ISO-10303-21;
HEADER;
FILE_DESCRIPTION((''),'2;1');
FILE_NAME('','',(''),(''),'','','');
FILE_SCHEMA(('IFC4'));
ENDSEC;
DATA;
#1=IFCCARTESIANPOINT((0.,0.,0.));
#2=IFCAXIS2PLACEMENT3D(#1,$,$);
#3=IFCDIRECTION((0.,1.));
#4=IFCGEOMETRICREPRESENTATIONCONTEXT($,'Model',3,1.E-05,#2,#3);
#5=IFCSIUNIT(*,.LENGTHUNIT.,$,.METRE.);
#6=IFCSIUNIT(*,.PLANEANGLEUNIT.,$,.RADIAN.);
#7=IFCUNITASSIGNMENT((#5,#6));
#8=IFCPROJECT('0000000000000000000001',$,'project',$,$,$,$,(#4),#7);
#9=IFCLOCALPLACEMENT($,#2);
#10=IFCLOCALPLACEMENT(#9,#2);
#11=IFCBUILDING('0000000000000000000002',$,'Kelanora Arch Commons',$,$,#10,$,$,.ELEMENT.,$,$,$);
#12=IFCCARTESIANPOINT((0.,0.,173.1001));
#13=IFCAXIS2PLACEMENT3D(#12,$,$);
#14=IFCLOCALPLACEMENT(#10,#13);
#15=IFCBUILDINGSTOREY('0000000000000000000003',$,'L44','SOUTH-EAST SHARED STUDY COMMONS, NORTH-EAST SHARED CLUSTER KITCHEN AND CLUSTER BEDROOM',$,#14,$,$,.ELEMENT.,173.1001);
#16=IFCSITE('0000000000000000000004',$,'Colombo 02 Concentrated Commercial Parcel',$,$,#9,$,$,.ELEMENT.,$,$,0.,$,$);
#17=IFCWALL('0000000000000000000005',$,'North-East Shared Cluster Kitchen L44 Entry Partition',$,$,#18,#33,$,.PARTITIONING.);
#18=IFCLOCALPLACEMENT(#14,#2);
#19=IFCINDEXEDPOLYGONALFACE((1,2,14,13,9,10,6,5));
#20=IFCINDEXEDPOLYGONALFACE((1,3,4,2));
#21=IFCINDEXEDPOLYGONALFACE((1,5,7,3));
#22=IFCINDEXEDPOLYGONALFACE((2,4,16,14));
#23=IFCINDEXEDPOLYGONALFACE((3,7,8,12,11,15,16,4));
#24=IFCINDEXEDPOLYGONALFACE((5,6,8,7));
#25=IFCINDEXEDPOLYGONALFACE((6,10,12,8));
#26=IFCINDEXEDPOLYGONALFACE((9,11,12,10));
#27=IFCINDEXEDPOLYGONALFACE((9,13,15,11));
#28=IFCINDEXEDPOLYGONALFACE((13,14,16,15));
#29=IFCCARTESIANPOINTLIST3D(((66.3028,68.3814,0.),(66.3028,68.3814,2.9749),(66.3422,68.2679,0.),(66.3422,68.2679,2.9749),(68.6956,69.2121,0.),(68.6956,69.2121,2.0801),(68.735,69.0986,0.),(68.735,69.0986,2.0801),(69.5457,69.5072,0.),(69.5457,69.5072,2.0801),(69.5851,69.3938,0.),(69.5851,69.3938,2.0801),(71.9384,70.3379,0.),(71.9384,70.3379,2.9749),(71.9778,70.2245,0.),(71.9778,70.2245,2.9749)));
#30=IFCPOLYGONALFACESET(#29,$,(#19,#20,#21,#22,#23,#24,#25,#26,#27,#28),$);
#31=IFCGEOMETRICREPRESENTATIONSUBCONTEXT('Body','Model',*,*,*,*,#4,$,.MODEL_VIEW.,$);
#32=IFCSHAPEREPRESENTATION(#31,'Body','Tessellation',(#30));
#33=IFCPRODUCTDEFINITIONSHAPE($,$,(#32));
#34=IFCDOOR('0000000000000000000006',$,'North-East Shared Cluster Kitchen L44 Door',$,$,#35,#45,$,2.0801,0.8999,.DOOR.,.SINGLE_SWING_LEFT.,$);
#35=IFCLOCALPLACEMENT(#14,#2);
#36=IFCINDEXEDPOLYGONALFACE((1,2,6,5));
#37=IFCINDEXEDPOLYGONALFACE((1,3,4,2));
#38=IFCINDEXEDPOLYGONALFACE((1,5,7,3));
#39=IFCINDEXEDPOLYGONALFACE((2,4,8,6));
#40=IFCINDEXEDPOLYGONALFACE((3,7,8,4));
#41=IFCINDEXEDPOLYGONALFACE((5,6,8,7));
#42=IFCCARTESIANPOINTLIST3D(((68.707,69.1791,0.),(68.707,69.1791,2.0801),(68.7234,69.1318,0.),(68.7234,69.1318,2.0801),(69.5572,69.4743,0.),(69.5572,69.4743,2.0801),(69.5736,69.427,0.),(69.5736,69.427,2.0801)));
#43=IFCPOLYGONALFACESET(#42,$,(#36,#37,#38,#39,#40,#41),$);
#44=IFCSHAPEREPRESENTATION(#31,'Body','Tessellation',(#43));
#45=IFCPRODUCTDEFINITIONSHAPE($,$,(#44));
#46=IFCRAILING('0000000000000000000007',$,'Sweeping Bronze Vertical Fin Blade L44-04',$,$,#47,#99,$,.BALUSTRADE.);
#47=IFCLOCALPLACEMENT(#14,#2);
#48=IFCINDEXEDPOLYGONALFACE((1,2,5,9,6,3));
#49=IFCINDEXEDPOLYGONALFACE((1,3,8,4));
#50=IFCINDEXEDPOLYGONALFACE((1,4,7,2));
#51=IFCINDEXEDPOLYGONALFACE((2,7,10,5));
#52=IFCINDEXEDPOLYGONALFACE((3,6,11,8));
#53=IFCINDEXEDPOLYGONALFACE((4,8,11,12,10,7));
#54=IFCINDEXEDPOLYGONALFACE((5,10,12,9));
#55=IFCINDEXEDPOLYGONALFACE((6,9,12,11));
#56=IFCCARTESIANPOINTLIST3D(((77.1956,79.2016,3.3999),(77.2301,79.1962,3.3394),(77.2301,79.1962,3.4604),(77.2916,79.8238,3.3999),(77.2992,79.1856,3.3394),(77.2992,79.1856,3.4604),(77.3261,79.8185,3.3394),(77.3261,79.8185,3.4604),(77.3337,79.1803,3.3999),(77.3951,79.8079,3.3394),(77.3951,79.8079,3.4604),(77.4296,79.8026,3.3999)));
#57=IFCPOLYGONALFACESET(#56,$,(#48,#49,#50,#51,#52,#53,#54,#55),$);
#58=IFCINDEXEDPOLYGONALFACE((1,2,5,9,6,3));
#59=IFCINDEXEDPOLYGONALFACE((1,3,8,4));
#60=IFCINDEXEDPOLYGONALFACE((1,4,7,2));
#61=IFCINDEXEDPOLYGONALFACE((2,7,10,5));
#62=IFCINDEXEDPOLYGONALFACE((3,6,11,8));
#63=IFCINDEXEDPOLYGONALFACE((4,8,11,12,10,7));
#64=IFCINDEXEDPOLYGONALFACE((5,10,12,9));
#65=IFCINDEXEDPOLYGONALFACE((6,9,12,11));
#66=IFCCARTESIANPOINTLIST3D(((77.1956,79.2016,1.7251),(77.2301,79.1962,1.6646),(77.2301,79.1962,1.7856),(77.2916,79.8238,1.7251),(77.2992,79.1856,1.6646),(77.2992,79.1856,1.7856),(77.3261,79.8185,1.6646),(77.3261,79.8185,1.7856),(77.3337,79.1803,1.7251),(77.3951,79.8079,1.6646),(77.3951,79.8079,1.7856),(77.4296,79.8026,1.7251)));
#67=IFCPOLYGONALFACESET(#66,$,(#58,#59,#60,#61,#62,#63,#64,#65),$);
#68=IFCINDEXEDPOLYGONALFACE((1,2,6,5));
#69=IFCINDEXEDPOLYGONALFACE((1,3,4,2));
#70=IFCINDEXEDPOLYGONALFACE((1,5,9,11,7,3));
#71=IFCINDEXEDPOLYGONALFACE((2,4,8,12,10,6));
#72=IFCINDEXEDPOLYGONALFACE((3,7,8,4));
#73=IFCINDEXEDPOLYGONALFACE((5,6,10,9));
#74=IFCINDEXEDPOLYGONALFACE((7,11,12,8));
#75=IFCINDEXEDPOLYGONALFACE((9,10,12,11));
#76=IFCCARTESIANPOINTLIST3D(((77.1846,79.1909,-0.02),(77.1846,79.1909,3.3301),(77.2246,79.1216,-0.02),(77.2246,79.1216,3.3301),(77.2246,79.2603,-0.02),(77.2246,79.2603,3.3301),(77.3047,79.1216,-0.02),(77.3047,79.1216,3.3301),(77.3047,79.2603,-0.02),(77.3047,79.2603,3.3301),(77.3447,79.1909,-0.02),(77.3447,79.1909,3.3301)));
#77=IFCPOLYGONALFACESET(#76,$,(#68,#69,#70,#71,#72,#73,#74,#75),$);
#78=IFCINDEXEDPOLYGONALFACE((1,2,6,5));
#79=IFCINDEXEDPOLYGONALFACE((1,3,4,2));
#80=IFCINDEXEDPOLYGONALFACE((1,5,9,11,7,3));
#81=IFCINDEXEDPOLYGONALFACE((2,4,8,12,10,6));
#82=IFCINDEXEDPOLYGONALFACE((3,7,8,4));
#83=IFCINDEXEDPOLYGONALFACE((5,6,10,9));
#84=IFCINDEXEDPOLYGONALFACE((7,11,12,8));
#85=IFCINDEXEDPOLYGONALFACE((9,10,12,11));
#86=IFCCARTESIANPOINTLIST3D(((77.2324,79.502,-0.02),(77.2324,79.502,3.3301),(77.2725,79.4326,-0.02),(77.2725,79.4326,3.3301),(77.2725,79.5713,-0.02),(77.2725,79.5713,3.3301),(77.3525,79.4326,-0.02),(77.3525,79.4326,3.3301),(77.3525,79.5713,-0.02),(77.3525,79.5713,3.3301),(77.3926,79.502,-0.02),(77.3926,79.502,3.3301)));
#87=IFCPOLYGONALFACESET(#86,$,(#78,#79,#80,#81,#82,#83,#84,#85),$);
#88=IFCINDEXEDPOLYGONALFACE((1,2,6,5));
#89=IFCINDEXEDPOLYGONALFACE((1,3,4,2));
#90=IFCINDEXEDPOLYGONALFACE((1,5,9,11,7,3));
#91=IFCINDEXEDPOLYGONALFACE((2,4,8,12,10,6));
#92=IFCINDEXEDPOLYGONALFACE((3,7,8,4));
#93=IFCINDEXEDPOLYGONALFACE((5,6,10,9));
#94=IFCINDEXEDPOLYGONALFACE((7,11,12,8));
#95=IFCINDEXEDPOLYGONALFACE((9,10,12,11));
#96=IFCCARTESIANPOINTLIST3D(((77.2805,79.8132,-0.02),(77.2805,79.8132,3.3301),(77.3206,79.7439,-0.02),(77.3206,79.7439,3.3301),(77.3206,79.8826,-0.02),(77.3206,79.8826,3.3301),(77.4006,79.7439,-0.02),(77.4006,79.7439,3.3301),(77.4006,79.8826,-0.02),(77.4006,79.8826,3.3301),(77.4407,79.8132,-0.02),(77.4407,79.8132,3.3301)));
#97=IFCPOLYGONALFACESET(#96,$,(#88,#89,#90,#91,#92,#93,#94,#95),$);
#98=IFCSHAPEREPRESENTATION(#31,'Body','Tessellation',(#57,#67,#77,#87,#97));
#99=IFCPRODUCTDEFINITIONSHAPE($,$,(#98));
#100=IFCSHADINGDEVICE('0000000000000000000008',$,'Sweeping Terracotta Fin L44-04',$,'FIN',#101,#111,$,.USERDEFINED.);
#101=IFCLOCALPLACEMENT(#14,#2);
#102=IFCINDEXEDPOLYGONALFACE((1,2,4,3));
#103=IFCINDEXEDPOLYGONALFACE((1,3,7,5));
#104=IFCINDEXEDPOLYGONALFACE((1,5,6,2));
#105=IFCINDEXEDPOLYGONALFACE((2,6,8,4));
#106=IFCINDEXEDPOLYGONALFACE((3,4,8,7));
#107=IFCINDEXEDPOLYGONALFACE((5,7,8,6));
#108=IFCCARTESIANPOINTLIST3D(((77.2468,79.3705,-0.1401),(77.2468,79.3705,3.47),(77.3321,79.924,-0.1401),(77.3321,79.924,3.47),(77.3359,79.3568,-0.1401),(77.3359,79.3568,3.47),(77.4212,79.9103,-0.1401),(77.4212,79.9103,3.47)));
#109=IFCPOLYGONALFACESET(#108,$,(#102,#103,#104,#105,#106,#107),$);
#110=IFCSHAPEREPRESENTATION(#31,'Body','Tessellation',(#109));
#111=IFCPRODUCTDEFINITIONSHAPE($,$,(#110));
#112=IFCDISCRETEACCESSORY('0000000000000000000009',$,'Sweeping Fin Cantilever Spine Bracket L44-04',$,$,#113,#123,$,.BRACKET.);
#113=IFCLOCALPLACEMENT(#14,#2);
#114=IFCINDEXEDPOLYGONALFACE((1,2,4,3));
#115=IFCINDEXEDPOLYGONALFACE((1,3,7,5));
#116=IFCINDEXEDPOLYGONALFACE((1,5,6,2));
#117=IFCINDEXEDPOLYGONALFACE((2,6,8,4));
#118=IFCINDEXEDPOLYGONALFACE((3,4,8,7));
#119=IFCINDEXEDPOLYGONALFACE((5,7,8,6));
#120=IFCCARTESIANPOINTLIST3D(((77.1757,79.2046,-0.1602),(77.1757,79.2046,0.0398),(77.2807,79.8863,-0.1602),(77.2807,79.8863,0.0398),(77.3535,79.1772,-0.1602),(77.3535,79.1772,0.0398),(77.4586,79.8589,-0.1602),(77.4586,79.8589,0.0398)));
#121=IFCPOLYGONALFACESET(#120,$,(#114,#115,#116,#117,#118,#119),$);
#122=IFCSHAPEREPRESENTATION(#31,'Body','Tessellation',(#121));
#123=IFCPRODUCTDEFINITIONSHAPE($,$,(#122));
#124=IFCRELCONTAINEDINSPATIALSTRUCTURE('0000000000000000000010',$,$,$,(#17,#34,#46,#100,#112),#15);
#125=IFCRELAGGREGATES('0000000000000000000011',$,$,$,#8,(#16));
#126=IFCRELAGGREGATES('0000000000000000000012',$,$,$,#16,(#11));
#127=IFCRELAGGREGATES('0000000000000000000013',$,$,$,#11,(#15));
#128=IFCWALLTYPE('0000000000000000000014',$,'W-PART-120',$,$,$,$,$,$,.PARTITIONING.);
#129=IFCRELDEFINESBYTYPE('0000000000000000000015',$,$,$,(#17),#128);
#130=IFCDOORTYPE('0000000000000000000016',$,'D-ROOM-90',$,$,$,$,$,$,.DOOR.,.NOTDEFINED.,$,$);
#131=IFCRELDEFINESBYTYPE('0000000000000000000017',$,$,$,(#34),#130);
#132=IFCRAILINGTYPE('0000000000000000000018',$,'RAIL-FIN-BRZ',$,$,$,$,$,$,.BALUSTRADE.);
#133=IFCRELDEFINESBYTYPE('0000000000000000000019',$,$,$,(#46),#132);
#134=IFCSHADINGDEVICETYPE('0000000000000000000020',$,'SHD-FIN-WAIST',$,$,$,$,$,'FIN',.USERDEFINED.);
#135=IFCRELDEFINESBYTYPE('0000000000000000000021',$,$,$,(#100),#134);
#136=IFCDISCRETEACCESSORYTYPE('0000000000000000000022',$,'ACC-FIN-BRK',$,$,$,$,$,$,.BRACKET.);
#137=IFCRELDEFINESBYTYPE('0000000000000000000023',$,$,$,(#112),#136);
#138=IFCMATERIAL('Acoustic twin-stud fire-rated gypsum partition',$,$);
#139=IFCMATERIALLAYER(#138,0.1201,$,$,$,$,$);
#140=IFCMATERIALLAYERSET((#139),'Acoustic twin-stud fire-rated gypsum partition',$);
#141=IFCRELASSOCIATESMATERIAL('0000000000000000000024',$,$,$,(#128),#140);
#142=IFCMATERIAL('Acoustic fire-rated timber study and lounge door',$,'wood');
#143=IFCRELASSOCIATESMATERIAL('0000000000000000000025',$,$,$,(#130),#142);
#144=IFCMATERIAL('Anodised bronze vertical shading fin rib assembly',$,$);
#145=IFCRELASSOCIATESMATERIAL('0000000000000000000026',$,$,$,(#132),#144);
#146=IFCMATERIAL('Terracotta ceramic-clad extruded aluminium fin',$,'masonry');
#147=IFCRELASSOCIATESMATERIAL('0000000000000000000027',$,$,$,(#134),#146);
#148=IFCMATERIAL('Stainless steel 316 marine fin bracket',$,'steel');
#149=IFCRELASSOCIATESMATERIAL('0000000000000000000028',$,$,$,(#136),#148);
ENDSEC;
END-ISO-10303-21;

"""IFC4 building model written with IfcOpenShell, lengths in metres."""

from ifc_helpers import new_model, si_unit, direction, frame, frame_2d, origin, origin_2d, place, context, subcontext, project, spatial, polyline, rectangle, outline, extrude, source, transform, mapped, material, layer, layer_set, type_object, element, fill, save


model = new_model("IFC4")

# Units and contexts
model_context = context("Model", 3, precision=1e-05, world=origin(), true_north=direction((0.0, 1.0)))
body_context = subcontext(model_context, "Body", "Model", "MODEL_VIEW")
ifc_project = project(units=[si_unit("LENGTHUNIT", "METRE"), si_unit("PLANEANGLEUNIT", "RADIAN")], contexts=[model_context])

# Site, building, storey
site_placement = place(None, origin())
site = spatial("IfcSite", under=ifc_project, at=site_placement, Name="Colombo 02 Concentrated Commercial Parcel", CompositionType="ELEMENT", RefElevation=0.0)
building_placement = place(site_placement, origin())
building = spatial("IfcBuilding", under=site, at=building_placement, Name="Kelanora Arch Commons", CompositionType="ELEMENT")
storey_placement = place(building_placement, frame((0.0, 0.0, 173.1001)))
storey = spatial("IfcBuildingStorey", under=building, at=storey_placement, Name="L44", Description="SOUTH-EAST SHARED STUDY COMMONS, NORTH-EAST SHARED CLUSTER KITCHEN AND CLUSTER BEDROOM", CompositionType="ELEMENT", Elevation=173.1001)

# Wall, opening, door
ifc_material_1 = material(Name="Acoustic twin-stud fire-rated gypsum partition")
ifc_layer_1 = layer(ifc_material_1, 0.1201)
ifc_layer_set_1 = layer_set([ifc_layer_1], Name="Acoustic twin-stud fire-rated gypsum partition")
wall_type_1 = type_object("IfcWallType", Name="W-PART-120", PredefinedType="PARTITIONING", material=ifc_layer_set_1)
wall_1_placement = place(storey_placement, frame((71.9583, 70.2812, 0.0), z_axis=(0.0, 0.0, 1.0), x_axis=(-0.944685, -0.327978, 0.0)))
wall_1 = element("IfcWall", 1, at=wall_1_placement, inside=storey, type_object=wall_type_1, Name="North-East Shared Cluster Kitchen L44 Entry Partition", PredefinedType="PARTITIONING", context=body_context, shape_type="SweptSolid", body=[
    extrude(rectangle(XDim=5.9656, YDim=0.1201, at=frame_2d((2.9829, 0.0))), origin(), (0.0, 0.0, 1.0), 2.9749),
])
opening_1_placement = place(wall_1_placement, frame((2.533, 0.0, 0.0)))
opening_1 = element("IfcOpeningElement", 2, at=opening_1_placement, cuts=wall_1, PredefinedType="OPENING", context=body_context, shape_type="SweptSolid", body=[
    extrude(rectangle(XDim=0.8999, YDim=2.0801, at=frame_2d((0.45, 1.04))), frame((0.0, 0.0701, 0.0), z_axis=(0.0, -1.0, 0.0), x_axis=(1.0, 0.0, 0.0)), (0.0, 0.0, 1.0), 0.1401),
])
ifc_material_2 = material(Name="Acoustic fire-rated timber study and lounge door", Category="wood")
door_type = type_object("IfcDoorType", Name="D-ROOM-90", OperationType="NOTDEFINED", PredefinedType="DOOR", material=ifc_material_2)
door_placement = place(opening_1_placement, origin())
door = element("IfcDoor", 3, at=door_placement, inside=storey, type_object=door_type, Name="North-East Shared Cluster Kitchen L44 Door", OperationType="SINGLE_SWING_LEFT", OverallHeight=2.0801, OverallWidth=0.8999, PredefinedType="DOOR", context=body_context, shape_type="SweptSolid", body=[
    extrude(rectangle(XDim=0.8999, YDim=2.0801, at=frame_2d((0.45, 1.04))), frame((0.0, 0.0249, 0.0), z_axis=(0.0, -1.0, 0.0), x_axis=(1.0, 0.0, 0.0)), (0.0, 0.0, 1.0), 0.05),
])
fill(opening_1, door)

# Railing
ifc_material_3 = material(Name="Anodised bronze vertical shading fin rib assembly")
railing_type = type_object("IfcRailingType", Name="RAIL-FIN-BRZ", PredefinedType="BALUSTRADE", material=ifc_material_3)
railing_placement = place(storey_placement, frame((77.2646, 79.1909, -0.02)))
element("IfcRailing", 4, at=railing_placement, inside=storey, type_object=railing_type, Name="Sweeping Bronze Vertical Fin Blade L44-04", PredefinedType="BALUSTRADE", context=body_context, shape_type="SweptSolid", body=[
    extrude(outline(polyline([(0.0698, 0.0), (0.0349, 0.0605), (-0.0349, 0.0605), (-0.0698, 0.0), (-0.0349, -0.0605), (0.0349, -0.0605), (0.0698, 0.0)])), frame((0.0, 0.0, 3.4199), z_axis=(0.152378, 0.988322, 0.0), x_axis=(-0.988322, 0.152378, 0.0)), (0.0, 0.0, 1.0), 0.6296),
    extrude(outline(polyline([(0.0698, 0.0), (0.0349, 0.0605), (-0.0349, 0.0605), (-0.0698, 0.0), (-0.0349, -0.0605), (0.0349, -0.0605), (0.0698, 0.0)])), frame((0.0, 0.0, 1.7451), z_axis=(0.152378, 0.988322, 0.0), x_axis=(-0.988322, 0.152378, 0.0)), (0.0, 0.0, 1.0), 0.6296),
    extrude(outline(polyline([(0.0801, 0.0), (0.04, 0.0693), (-0.04, 0.0693), (-0.0801, 0.0), (-0.04, -0.0693), (0.04, -0.0693), (0.0801, 0.0)])), origin(), (0.0, 0.0, 1.0), 3.3501),
    extrude(outline(polyline([(0.0801, 0.0), (0.04, 0.0693), (-0.04, 0.0693), (-0.0801, 0.0), (-0.04, -0.0693), (0.04, -0.0693), (0.0801, 0.0)])), frame((0.0479, 0.311, 0.0)), (0.0, 0.0, 1.0), 3.3501),
    extrude(outline(polyline([(0.0801, 0.0), (0.04, 0.0693), (-0.04, 0.0693), (-0.0801, 0.0), (-0.04, -0.0693), (0.04, -0.0693), (0.0801, 0.0)])), frame((0.0959, 0.6223, 0.0)), (0.0, 0.0, 1.0), 3.3501),
])

# Shading device
ifc_material_4 = material(Name="Terracotta ceramic-clad extruded aluminium fin", Category="masonry")
shading_device_type = type_object("IfcShadingDeviceType", Name="SHD-FIN-WAIST", ElementType="FIN", PredefinedType="USERDEFINED", material=ifc_material_4)
shared_shape_1 = source(origin(), body_context, "Body", "SweptSolid", [
    extrude(rectangle(XDim=0.5601, YDim=0.0901, at=origin_2d()), origin(), (0.0, 0.0, 1.0), 3.6101),
])
shading_device_placement = place(storey_placement, frame((77.334, 79.6404, -0.1401), z_axis=(0.0, 0.0, 1.0), x_axis=(0.152296, 0.988335, 0.0)))
element("IfcShadingDevice", 5, at=shading_device_placement, inside=storey, type_object=shading_device_type, Name="Sweeping Terracotta Fin L44-04", ObjectType="FIN", PredefinedType="USERDEFINED", context=body_context, shape_type="MappedRepresentation", body=[
    mapped(shared_shape_1, transform((0.0, 0.0, 0.0), scale=1.0)),
])

# Discrete accessory
ifc_material_5 = material(Name="Stainless steel 316 marine fin bracket", Category="steel")
discrete_accessory_type = type_object("IfcDiscreteAccessoryType", Name="ACC-FIN-BRK", PredefinedType="BRACKET", material=ifc_material_5)
shared_shape_2 = source(origin(), body_context, "Body", "SweptSolid", [
    extrude(rectangle(XDim=0.6897, YDim=0.1799, at=origin_2d()), origin(), (0.0, 0.0, 1.0), 0.2),
])
discrete_accessory_placement = place(storey_placement, frame((77.3171, 79.5317, -0.1602), z_axis=(0.0, 0.0, 1.0), x_axis=(0.152296, 0.988335, 0.0)))
element("IfcDiscreteAccessory", 6, at=discrete_accessory_placement, inside=storey, type_object=discrete_accessory_type, Name="Sweeping Fin Cantilever Spine Bracket L44-04", PredefinedType="BRACKET", context=body_context, shape_type="MappedRepresentation", body=[
    mapped(shared_shape_2, transform((0.0, 0.0, 0.0), scale=1.0)),
])

save(model, "model.ifc")
